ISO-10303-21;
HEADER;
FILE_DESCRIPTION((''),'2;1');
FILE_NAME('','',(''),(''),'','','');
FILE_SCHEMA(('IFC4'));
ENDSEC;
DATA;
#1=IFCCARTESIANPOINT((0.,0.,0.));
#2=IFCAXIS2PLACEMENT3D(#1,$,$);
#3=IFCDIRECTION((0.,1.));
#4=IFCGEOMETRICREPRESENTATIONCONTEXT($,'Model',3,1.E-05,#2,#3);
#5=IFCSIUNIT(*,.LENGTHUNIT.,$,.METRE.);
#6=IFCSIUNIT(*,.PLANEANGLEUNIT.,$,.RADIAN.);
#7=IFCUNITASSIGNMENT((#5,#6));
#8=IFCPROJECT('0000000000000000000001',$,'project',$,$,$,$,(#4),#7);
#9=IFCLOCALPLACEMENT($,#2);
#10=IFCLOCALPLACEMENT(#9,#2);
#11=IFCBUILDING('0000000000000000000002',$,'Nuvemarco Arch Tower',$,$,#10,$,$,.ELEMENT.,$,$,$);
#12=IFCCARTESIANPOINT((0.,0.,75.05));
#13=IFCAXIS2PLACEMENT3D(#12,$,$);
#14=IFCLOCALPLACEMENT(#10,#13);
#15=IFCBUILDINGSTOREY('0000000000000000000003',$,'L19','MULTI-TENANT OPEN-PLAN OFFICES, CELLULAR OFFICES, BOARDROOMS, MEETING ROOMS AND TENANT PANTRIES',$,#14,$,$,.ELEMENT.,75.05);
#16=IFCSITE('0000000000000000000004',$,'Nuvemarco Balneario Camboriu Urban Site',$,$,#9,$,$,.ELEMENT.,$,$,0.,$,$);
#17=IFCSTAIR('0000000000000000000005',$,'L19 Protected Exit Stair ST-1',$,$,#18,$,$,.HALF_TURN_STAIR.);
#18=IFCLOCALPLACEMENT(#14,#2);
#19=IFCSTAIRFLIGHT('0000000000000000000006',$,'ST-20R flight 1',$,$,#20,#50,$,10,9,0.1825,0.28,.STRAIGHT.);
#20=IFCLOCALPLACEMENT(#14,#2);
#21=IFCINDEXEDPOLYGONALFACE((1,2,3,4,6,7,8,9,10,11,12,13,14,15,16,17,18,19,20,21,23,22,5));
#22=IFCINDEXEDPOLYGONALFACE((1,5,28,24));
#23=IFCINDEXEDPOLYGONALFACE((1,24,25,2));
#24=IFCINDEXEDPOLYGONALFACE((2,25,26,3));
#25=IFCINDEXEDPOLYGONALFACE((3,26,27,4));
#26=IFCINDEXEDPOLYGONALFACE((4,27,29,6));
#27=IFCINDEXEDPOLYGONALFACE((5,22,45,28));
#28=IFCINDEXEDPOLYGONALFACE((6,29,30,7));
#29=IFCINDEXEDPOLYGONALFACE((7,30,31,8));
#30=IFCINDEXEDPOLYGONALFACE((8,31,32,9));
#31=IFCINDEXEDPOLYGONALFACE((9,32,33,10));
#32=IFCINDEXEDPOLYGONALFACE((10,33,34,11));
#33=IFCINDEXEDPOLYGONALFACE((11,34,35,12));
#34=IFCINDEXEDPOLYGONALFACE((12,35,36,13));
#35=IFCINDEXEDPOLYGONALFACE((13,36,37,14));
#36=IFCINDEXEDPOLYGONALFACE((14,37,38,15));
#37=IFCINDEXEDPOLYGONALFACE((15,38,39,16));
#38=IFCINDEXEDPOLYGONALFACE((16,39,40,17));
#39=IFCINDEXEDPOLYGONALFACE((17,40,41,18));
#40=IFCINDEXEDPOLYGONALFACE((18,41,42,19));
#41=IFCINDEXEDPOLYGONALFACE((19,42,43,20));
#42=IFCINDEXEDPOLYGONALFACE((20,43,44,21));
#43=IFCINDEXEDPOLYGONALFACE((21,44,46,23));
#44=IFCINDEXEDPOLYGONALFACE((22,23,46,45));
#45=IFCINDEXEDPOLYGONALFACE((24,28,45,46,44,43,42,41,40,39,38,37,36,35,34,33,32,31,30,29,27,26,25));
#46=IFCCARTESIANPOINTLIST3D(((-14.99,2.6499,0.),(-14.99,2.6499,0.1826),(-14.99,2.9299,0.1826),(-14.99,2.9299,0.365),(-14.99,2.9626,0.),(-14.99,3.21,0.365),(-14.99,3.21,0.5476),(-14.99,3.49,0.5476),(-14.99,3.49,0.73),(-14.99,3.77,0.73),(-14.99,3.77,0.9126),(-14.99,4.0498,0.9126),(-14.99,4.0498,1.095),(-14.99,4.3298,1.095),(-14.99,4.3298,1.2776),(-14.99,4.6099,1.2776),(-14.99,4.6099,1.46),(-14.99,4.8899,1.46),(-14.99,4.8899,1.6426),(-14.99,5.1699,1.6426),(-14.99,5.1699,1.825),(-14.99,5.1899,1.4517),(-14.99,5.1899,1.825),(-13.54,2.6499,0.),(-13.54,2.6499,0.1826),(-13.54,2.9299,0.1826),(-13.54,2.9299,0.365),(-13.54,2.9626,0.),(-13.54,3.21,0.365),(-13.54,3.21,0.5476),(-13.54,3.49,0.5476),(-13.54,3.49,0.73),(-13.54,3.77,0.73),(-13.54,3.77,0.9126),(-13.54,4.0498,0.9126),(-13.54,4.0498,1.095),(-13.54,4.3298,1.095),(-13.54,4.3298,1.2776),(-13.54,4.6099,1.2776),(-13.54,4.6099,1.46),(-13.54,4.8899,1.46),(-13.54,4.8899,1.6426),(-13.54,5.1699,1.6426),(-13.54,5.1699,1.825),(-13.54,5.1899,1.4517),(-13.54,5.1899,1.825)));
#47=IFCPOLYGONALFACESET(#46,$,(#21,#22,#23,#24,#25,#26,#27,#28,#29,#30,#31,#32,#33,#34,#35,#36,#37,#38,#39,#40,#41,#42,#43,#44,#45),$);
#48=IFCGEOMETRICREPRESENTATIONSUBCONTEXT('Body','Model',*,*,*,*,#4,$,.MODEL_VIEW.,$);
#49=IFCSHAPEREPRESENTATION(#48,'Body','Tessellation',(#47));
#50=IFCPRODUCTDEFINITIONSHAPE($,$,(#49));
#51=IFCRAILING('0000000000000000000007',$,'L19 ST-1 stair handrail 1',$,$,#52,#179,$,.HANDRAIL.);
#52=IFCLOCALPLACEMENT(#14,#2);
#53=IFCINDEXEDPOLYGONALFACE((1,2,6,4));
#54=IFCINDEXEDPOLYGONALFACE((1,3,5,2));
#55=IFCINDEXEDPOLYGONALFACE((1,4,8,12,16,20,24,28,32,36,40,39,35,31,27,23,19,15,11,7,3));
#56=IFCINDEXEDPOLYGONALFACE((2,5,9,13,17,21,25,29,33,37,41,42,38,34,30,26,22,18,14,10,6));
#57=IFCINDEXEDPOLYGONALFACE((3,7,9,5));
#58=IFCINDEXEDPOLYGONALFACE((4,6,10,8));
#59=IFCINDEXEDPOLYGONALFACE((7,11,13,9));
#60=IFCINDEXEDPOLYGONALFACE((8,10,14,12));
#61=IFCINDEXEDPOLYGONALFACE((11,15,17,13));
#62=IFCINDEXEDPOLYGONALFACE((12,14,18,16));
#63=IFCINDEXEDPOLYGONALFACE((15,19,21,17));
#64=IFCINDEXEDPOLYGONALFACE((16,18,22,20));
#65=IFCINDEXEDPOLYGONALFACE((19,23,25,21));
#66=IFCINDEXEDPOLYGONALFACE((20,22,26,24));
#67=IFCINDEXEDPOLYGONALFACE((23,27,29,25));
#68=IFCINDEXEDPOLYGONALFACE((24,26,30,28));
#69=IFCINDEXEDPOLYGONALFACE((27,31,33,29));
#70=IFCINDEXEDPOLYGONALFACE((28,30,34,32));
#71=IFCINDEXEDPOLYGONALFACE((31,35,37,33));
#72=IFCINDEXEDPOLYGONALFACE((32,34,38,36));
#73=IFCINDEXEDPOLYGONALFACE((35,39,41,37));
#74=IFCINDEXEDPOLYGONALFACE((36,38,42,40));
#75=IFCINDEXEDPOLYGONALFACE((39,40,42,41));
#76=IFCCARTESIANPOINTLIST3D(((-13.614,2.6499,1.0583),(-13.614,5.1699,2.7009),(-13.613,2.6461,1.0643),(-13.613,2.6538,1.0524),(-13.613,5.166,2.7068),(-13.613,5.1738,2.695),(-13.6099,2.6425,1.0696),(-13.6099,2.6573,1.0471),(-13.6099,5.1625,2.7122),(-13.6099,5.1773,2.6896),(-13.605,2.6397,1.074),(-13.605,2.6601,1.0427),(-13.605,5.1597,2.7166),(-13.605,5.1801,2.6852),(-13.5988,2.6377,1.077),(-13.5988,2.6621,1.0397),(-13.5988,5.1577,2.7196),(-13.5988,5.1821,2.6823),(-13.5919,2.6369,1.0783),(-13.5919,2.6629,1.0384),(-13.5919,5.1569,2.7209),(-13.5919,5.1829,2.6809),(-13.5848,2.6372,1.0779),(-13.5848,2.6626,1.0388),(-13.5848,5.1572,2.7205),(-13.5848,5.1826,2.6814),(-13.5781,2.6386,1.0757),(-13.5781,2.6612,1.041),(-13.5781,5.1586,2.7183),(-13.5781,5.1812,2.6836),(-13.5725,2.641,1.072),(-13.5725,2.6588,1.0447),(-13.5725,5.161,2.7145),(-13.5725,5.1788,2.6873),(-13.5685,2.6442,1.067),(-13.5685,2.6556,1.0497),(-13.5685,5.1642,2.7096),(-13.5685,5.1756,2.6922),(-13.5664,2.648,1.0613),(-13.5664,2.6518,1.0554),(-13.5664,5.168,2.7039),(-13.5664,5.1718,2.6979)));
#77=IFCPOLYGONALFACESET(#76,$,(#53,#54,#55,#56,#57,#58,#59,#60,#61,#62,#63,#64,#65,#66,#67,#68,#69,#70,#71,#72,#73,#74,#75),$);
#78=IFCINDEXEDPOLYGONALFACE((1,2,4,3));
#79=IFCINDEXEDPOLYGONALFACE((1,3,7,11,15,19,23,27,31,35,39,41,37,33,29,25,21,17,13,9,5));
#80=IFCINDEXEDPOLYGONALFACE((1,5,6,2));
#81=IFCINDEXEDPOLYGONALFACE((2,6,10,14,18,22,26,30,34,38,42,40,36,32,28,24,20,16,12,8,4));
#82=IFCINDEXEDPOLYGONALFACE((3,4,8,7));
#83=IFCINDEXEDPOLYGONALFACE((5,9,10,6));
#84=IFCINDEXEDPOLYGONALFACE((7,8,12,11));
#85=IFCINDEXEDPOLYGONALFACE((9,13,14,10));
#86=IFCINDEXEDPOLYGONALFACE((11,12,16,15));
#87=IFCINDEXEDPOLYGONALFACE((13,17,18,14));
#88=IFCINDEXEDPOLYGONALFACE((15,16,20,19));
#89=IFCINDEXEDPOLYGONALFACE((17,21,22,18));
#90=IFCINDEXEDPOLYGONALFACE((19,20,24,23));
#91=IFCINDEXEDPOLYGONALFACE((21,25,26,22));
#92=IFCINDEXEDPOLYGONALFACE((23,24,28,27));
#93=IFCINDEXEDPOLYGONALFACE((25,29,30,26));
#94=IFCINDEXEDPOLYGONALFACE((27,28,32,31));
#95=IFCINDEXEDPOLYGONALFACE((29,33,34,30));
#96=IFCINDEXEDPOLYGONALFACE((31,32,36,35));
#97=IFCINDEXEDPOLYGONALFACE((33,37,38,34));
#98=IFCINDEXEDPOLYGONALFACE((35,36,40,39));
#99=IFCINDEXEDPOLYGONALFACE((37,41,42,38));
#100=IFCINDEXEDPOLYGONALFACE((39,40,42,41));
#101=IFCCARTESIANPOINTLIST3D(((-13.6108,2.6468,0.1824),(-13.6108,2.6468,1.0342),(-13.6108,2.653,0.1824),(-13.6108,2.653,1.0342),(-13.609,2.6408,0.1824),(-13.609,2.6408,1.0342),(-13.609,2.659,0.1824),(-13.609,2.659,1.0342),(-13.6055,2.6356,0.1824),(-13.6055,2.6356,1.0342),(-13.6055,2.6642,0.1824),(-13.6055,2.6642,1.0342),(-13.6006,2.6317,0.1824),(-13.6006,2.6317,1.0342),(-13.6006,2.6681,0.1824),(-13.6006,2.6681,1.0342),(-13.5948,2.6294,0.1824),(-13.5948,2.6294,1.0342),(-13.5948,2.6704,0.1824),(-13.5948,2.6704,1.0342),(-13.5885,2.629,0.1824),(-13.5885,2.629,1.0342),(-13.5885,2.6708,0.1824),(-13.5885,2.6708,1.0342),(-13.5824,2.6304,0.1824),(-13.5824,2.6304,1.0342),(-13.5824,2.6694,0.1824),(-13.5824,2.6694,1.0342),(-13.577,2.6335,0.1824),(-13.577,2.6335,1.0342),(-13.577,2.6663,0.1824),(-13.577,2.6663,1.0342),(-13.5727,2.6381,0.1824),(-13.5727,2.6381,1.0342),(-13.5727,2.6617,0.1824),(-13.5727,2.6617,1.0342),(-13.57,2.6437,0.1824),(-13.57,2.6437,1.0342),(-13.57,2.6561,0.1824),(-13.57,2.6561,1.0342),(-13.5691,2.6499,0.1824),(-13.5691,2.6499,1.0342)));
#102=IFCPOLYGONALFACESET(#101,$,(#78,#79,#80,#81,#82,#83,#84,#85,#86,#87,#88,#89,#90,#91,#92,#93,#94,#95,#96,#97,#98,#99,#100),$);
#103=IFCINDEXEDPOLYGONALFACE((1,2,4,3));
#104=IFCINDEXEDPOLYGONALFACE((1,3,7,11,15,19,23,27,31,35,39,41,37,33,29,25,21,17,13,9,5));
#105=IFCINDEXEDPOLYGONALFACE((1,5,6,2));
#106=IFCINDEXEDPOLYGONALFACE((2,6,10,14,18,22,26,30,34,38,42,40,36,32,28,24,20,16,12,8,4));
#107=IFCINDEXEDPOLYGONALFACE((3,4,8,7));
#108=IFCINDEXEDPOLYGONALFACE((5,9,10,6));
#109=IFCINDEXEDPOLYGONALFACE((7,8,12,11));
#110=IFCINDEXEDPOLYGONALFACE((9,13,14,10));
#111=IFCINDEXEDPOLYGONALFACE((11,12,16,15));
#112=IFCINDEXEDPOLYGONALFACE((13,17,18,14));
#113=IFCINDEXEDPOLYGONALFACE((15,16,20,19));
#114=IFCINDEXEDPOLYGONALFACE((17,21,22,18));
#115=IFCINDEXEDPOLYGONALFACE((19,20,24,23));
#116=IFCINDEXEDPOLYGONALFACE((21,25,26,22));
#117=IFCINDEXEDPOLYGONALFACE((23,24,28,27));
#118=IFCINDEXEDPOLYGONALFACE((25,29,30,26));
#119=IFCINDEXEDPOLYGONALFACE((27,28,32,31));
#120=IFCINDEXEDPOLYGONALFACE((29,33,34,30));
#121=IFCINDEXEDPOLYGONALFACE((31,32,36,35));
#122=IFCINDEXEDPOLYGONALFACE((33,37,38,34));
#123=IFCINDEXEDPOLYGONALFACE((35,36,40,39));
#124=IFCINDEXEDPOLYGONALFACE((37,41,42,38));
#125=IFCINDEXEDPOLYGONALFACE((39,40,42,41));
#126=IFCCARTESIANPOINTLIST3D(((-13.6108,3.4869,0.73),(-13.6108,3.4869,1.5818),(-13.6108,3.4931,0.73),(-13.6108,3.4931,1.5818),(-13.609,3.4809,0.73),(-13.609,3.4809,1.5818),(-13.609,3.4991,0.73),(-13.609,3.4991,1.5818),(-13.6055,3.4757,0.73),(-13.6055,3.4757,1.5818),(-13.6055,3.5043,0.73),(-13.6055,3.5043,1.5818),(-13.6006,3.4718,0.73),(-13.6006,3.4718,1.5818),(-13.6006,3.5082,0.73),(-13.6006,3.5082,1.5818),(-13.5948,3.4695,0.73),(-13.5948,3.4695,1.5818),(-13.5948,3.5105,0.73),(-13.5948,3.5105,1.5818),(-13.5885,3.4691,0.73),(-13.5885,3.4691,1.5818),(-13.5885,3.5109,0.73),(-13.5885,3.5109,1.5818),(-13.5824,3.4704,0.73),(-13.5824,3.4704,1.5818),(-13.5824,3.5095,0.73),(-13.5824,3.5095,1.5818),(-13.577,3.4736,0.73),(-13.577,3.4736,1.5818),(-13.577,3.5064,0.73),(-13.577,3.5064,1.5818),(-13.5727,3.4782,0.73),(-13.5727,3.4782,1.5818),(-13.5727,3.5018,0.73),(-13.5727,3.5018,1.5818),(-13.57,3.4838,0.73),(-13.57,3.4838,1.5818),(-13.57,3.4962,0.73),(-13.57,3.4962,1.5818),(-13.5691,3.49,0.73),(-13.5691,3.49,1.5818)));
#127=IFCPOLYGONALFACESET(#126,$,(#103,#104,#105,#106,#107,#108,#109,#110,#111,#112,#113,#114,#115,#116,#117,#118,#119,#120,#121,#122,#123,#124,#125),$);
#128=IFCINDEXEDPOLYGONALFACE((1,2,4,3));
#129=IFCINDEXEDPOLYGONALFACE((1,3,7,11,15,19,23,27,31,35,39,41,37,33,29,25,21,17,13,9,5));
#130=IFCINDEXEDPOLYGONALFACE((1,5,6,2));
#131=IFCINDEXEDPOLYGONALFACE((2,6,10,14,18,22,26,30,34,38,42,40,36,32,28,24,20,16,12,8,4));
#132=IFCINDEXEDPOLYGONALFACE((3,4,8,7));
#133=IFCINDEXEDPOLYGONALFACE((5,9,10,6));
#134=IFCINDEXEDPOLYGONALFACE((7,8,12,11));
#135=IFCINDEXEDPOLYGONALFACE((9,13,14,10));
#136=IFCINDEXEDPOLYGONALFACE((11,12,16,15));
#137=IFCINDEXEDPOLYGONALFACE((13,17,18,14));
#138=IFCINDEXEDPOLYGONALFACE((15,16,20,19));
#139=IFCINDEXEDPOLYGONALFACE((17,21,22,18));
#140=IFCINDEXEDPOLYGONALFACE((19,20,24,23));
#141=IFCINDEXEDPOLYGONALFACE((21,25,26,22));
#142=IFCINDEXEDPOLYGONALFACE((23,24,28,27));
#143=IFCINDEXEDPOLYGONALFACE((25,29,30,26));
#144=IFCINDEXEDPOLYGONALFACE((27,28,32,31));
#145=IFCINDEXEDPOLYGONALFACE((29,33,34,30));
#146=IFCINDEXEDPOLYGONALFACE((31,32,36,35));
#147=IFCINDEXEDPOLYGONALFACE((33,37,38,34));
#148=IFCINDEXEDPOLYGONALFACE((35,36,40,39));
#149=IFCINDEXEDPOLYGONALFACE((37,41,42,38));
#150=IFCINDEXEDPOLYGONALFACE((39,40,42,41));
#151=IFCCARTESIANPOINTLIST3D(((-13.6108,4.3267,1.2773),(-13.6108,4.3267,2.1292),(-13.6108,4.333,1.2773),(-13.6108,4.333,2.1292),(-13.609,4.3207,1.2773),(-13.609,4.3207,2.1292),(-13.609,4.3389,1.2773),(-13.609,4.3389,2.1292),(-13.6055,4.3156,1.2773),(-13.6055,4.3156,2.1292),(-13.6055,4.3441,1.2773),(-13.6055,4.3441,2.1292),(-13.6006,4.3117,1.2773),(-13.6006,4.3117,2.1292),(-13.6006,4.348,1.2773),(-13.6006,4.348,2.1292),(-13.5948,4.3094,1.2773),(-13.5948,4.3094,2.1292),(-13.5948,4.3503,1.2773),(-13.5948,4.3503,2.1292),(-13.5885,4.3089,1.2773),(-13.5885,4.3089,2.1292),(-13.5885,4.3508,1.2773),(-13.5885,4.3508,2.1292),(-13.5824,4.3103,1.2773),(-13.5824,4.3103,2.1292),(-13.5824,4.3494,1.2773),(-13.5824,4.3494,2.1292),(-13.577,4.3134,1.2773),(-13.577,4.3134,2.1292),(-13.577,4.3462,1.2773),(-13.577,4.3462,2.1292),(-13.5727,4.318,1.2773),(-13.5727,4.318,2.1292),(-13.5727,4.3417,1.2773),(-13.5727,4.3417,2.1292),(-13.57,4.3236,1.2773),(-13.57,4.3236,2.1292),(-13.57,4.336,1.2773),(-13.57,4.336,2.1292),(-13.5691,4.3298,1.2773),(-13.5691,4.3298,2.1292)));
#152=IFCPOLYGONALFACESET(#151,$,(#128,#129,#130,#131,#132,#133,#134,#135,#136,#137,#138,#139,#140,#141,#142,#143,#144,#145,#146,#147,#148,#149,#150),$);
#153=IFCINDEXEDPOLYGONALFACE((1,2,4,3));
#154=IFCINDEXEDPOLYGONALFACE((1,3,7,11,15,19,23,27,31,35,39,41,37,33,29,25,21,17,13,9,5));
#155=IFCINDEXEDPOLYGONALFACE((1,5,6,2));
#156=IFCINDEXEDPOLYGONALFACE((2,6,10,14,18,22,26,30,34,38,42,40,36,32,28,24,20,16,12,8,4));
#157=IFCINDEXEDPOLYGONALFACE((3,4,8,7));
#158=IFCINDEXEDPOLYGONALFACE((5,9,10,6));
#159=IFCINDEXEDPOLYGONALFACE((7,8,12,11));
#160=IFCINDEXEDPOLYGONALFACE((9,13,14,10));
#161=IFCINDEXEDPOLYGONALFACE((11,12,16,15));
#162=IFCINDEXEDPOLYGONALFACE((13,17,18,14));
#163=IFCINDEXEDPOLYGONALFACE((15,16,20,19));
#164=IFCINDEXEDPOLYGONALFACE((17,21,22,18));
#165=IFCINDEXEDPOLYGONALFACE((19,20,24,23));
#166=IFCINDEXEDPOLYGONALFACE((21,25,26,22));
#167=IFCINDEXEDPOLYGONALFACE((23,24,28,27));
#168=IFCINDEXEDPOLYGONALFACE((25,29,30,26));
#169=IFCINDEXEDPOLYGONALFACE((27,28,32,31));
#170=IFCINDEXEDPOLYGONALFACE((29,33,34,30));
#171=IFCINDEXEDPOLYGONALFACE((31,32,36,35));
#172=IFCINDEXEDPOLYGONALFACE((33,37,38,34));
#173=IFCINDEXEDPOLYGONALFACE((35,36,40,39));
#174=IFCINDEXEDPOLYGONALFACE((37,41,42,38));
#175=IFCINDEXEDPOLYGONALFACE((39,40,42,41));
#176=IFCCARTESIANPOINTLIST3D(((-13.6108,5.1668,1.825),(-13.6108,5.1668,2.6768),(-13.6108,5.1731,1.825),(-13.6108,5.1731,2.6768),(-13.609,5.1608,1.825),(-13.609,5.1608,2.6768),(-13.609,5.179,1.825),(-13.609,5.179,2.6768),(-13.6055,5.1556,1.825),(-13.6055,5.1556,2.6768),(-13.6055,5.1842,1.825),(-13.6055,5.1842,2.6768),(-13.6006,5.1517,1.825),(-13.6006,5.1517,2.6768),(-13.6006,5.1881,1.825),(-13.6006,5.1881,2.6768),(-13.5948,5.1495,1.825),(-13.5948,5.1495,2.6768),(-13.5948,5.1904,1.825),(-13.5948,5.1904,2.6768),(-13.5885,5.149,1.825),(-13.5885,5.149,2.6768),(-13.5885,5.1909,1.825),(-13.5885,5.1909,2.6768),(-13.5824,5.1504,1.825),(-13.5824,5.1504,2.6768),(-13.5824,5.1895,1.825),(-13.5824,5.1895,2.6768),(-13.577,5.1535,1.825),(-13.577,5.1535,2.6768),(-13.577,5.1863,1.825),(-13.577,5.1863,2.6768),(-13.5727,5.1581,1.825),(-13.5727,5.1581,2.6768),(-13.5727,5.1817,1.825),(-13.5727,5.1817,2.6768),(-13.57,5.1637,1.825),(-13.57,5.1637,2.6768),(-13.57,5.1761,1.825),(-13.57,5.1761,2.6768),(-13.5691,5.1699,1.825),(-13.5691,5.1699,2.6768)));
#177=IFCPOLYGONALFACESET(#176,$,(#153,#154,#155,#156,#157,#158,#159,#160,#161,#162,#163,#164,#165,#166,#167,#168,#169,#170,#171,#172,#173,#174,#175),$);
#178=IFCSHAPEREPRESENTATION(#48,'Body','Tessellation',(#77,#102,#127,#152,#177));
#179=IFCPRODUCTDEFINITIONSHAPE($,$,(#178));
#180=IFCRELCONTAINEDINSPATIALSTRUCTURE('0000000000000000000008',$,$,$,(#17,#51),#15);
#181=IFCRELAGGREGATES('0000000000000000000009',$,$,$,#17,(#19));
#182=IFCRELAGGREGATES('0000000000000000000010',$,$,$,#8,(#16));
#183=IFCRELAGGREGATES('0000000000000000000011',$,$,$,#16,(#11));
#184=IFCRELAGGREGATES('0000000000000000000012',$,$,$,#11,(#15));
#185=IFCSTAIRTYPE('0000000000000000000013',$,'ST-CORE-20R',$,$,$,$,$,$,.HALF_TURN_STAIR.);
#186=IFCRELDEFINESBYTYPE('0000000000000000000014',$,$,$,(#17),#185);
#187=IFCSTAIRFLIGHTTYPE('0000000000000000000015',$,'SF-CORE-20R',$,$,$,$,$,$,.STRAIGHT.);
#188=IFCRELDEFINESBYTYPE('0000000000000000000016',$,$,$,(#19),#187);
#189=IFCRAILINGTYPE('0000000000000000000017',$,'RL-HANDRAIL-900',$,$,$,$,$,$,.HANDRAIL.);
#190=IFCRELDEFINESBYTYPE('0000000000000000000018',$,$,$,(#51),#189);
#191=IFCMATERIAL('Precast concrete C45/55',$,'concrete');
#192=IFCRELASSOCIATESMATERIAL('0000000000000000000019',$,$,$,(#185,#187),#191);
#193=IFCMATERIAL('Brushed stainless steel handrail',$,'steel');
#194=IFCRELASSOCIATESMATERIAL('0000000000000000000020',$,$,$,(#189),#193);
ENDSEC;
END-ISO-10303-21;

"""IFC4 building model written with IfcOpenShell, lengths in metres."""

from ifc_helpers import new_model, si_unit, direction, frame, origin, origin_2d, place, context, subcontext, project, spatial, polyline, circle, outline, extrude, material, type_object, element, aggregate, save


model = new_model("IFC4")

# Units and contexts
model_context = context("Model", 3, precision=1e-05, world=origin(), true_north=direction((0.0, 1.0)))
body_context = subcontext(model_context, "Body", "Model", "MODEL_VIEW")
ifc_project = project(units=[si_unit("LENGTHUNIT", "METRE"), si_unit("PLANEANGLEUNIT", "RADIAN")], contexts=[model_context])

# Site, building, storey
site_placement = place(None, origin())
site = spatial("IfcSite", under=ifc_project, at=site_placement, Name="Nuvemarco Balneario Camboriu Urban Site", CompositionType="ELEMENT", RefElevation=0.0)
building_placement = place(site_placement, origin())
building = spatial("IfcBuilding", under=site, at=building_placement, Name="Nuvemarco Arch Tower", CompositionType="ELEMENT")
storey_placement = place(building_placement, frame((0.0, 0.0, 75.05)))
storey = spatial("IfcBuildingStorey", under=building, at=storey_placement, Name="L19", Description="MULTI-TENANT OPEN-PLAN OFFICES, CELLULAR OFFICES, BOARDROOMS, MEETING ROOMS AND TENANT PANTRIES", CompositionType="ELEMENT", Elevation=75.05)

# Stair
ifc_material_1 = material(Name="Precast concrete C45/55", Category="concrete")
stair_type = type_object("IfcStairType", Name="ST-CORE-20R", PredefinedType="HALF_TURN_STAIR", material=ifc_material_1)
stair_1_placement = place(storey_placement, origin())
stair_1 = element("IfcStair", 1, at=stair_1_placement, inside=storey, type_object=stair_type, Name="L19 Protected Exit Stair ST-1", PredefinedType="HALF_TURN_STAIR")

# Stair flight
stair_flight_type = type_object("IfcStairFlightType", Name="SF-CORE-20R", PredefinedType="STRAIGHT", material=ifc_material_1)
stair_flight_placement = place(storey_placement, frame((-14.2649, 2.6499, 0.0), z_axis=(0.0, 0.0, 1.0), x_axis=(0.0, 1.0, 0.0)))
stair_flight = element("IfcStairFlight", 2, at=stair_flight_placement, type_object=stair_flight_type, Name="ST-20R flight 1", NumberOfRisers=10, NumberOfTreads=9, PredefinedType="STRAIGHT", RiserHeight=0.1825, TreadLength=0.28, context=body_context, shape_type="SweptSolid", body=[
    extrude(outline(polyline([(0.0, 0.0), (0.0, 0.1826), (0.28, 0.1826), (0.28, 0.365), (0.5601, 0.365), (0.5601, 0.5476), (0.8401, 0.5476), (0.8401, 0.73), (1.1201, 0.73), (1.1201, 0.9126), (1.3999, 0.9126), (1.3999, 1.095), (1.6799, 1.095), (1.6799, 1.2776), (1.96, 1.2776), (1.96, 1.46), (2.24, 1.46), (2.24, 1.6426), (2.52, 1.6426), (2.52, 1.825), (2.54, 1.825), (2.54, 1.4517), (0.3127, 0.0), (0.0, 0.0)])), frame((0.0, 0.7251, 0.0), z_axis=(0.0, -1.0, 0.0), x_axis=(1.0, 0.0, 0.0)), (0.0, 0.0, 1.0), 1.45),
])
aggregate(stair_1, [stair_flight])

# Railing
ifc_material_2 = material(Name="Brushed stainless steel handrail", Category="steel")
railing_type_1 = type_object("IfcRailingType", Name="RL-HANDRAIL-900", PredefinedType="HANDRAIL", material=ifc_material_2)
railing_1_placement = place(storey_placement, frame((-13.5901, 2.6499, 0.1824)))
element("IfcRailing", 3, at=railing_1_placement, inside=storey, type_object=railing_type_1, Name="L19 ST-1 stair handrail 1", PredefinedType="HANDRAIL", context=body_context, shape_type="SweptSolid", body=[
    extrude(circle(Radius=0.0239, at=origin_2d()), frame((0.0, 0.0, 0.876), z_axis=(0.0, 0.837749, 0.546055), x_axis=(-1.0, 0.0, 0.0)), (0.0, 0.0, 1.0), 3.0081),
    extrude(circle(Radius=0.021, at=origin_2d()), origin(), (0.0, 0.0, 1.0), 0.8518),
    extrude(circle(Radius=0.021, at=origin_2d()), frame((0.0, 0.8401, 0.5476)), (0.0, 0.0, 1.0), 0.8518),
    extrude(circle(Radius=0.021, at=origin_2d()), frame((0.0, 1.6799, 1.095)), (0.0, 0.0, 1.0), 0.8518),
    extrude(circle(Radius=0.021, at=origin_2d()), frame((0.0, 2.52, 1.6426)), (0.0, 0.0, 1.0), 0.8518),
])

save(model, "model.ifc")
